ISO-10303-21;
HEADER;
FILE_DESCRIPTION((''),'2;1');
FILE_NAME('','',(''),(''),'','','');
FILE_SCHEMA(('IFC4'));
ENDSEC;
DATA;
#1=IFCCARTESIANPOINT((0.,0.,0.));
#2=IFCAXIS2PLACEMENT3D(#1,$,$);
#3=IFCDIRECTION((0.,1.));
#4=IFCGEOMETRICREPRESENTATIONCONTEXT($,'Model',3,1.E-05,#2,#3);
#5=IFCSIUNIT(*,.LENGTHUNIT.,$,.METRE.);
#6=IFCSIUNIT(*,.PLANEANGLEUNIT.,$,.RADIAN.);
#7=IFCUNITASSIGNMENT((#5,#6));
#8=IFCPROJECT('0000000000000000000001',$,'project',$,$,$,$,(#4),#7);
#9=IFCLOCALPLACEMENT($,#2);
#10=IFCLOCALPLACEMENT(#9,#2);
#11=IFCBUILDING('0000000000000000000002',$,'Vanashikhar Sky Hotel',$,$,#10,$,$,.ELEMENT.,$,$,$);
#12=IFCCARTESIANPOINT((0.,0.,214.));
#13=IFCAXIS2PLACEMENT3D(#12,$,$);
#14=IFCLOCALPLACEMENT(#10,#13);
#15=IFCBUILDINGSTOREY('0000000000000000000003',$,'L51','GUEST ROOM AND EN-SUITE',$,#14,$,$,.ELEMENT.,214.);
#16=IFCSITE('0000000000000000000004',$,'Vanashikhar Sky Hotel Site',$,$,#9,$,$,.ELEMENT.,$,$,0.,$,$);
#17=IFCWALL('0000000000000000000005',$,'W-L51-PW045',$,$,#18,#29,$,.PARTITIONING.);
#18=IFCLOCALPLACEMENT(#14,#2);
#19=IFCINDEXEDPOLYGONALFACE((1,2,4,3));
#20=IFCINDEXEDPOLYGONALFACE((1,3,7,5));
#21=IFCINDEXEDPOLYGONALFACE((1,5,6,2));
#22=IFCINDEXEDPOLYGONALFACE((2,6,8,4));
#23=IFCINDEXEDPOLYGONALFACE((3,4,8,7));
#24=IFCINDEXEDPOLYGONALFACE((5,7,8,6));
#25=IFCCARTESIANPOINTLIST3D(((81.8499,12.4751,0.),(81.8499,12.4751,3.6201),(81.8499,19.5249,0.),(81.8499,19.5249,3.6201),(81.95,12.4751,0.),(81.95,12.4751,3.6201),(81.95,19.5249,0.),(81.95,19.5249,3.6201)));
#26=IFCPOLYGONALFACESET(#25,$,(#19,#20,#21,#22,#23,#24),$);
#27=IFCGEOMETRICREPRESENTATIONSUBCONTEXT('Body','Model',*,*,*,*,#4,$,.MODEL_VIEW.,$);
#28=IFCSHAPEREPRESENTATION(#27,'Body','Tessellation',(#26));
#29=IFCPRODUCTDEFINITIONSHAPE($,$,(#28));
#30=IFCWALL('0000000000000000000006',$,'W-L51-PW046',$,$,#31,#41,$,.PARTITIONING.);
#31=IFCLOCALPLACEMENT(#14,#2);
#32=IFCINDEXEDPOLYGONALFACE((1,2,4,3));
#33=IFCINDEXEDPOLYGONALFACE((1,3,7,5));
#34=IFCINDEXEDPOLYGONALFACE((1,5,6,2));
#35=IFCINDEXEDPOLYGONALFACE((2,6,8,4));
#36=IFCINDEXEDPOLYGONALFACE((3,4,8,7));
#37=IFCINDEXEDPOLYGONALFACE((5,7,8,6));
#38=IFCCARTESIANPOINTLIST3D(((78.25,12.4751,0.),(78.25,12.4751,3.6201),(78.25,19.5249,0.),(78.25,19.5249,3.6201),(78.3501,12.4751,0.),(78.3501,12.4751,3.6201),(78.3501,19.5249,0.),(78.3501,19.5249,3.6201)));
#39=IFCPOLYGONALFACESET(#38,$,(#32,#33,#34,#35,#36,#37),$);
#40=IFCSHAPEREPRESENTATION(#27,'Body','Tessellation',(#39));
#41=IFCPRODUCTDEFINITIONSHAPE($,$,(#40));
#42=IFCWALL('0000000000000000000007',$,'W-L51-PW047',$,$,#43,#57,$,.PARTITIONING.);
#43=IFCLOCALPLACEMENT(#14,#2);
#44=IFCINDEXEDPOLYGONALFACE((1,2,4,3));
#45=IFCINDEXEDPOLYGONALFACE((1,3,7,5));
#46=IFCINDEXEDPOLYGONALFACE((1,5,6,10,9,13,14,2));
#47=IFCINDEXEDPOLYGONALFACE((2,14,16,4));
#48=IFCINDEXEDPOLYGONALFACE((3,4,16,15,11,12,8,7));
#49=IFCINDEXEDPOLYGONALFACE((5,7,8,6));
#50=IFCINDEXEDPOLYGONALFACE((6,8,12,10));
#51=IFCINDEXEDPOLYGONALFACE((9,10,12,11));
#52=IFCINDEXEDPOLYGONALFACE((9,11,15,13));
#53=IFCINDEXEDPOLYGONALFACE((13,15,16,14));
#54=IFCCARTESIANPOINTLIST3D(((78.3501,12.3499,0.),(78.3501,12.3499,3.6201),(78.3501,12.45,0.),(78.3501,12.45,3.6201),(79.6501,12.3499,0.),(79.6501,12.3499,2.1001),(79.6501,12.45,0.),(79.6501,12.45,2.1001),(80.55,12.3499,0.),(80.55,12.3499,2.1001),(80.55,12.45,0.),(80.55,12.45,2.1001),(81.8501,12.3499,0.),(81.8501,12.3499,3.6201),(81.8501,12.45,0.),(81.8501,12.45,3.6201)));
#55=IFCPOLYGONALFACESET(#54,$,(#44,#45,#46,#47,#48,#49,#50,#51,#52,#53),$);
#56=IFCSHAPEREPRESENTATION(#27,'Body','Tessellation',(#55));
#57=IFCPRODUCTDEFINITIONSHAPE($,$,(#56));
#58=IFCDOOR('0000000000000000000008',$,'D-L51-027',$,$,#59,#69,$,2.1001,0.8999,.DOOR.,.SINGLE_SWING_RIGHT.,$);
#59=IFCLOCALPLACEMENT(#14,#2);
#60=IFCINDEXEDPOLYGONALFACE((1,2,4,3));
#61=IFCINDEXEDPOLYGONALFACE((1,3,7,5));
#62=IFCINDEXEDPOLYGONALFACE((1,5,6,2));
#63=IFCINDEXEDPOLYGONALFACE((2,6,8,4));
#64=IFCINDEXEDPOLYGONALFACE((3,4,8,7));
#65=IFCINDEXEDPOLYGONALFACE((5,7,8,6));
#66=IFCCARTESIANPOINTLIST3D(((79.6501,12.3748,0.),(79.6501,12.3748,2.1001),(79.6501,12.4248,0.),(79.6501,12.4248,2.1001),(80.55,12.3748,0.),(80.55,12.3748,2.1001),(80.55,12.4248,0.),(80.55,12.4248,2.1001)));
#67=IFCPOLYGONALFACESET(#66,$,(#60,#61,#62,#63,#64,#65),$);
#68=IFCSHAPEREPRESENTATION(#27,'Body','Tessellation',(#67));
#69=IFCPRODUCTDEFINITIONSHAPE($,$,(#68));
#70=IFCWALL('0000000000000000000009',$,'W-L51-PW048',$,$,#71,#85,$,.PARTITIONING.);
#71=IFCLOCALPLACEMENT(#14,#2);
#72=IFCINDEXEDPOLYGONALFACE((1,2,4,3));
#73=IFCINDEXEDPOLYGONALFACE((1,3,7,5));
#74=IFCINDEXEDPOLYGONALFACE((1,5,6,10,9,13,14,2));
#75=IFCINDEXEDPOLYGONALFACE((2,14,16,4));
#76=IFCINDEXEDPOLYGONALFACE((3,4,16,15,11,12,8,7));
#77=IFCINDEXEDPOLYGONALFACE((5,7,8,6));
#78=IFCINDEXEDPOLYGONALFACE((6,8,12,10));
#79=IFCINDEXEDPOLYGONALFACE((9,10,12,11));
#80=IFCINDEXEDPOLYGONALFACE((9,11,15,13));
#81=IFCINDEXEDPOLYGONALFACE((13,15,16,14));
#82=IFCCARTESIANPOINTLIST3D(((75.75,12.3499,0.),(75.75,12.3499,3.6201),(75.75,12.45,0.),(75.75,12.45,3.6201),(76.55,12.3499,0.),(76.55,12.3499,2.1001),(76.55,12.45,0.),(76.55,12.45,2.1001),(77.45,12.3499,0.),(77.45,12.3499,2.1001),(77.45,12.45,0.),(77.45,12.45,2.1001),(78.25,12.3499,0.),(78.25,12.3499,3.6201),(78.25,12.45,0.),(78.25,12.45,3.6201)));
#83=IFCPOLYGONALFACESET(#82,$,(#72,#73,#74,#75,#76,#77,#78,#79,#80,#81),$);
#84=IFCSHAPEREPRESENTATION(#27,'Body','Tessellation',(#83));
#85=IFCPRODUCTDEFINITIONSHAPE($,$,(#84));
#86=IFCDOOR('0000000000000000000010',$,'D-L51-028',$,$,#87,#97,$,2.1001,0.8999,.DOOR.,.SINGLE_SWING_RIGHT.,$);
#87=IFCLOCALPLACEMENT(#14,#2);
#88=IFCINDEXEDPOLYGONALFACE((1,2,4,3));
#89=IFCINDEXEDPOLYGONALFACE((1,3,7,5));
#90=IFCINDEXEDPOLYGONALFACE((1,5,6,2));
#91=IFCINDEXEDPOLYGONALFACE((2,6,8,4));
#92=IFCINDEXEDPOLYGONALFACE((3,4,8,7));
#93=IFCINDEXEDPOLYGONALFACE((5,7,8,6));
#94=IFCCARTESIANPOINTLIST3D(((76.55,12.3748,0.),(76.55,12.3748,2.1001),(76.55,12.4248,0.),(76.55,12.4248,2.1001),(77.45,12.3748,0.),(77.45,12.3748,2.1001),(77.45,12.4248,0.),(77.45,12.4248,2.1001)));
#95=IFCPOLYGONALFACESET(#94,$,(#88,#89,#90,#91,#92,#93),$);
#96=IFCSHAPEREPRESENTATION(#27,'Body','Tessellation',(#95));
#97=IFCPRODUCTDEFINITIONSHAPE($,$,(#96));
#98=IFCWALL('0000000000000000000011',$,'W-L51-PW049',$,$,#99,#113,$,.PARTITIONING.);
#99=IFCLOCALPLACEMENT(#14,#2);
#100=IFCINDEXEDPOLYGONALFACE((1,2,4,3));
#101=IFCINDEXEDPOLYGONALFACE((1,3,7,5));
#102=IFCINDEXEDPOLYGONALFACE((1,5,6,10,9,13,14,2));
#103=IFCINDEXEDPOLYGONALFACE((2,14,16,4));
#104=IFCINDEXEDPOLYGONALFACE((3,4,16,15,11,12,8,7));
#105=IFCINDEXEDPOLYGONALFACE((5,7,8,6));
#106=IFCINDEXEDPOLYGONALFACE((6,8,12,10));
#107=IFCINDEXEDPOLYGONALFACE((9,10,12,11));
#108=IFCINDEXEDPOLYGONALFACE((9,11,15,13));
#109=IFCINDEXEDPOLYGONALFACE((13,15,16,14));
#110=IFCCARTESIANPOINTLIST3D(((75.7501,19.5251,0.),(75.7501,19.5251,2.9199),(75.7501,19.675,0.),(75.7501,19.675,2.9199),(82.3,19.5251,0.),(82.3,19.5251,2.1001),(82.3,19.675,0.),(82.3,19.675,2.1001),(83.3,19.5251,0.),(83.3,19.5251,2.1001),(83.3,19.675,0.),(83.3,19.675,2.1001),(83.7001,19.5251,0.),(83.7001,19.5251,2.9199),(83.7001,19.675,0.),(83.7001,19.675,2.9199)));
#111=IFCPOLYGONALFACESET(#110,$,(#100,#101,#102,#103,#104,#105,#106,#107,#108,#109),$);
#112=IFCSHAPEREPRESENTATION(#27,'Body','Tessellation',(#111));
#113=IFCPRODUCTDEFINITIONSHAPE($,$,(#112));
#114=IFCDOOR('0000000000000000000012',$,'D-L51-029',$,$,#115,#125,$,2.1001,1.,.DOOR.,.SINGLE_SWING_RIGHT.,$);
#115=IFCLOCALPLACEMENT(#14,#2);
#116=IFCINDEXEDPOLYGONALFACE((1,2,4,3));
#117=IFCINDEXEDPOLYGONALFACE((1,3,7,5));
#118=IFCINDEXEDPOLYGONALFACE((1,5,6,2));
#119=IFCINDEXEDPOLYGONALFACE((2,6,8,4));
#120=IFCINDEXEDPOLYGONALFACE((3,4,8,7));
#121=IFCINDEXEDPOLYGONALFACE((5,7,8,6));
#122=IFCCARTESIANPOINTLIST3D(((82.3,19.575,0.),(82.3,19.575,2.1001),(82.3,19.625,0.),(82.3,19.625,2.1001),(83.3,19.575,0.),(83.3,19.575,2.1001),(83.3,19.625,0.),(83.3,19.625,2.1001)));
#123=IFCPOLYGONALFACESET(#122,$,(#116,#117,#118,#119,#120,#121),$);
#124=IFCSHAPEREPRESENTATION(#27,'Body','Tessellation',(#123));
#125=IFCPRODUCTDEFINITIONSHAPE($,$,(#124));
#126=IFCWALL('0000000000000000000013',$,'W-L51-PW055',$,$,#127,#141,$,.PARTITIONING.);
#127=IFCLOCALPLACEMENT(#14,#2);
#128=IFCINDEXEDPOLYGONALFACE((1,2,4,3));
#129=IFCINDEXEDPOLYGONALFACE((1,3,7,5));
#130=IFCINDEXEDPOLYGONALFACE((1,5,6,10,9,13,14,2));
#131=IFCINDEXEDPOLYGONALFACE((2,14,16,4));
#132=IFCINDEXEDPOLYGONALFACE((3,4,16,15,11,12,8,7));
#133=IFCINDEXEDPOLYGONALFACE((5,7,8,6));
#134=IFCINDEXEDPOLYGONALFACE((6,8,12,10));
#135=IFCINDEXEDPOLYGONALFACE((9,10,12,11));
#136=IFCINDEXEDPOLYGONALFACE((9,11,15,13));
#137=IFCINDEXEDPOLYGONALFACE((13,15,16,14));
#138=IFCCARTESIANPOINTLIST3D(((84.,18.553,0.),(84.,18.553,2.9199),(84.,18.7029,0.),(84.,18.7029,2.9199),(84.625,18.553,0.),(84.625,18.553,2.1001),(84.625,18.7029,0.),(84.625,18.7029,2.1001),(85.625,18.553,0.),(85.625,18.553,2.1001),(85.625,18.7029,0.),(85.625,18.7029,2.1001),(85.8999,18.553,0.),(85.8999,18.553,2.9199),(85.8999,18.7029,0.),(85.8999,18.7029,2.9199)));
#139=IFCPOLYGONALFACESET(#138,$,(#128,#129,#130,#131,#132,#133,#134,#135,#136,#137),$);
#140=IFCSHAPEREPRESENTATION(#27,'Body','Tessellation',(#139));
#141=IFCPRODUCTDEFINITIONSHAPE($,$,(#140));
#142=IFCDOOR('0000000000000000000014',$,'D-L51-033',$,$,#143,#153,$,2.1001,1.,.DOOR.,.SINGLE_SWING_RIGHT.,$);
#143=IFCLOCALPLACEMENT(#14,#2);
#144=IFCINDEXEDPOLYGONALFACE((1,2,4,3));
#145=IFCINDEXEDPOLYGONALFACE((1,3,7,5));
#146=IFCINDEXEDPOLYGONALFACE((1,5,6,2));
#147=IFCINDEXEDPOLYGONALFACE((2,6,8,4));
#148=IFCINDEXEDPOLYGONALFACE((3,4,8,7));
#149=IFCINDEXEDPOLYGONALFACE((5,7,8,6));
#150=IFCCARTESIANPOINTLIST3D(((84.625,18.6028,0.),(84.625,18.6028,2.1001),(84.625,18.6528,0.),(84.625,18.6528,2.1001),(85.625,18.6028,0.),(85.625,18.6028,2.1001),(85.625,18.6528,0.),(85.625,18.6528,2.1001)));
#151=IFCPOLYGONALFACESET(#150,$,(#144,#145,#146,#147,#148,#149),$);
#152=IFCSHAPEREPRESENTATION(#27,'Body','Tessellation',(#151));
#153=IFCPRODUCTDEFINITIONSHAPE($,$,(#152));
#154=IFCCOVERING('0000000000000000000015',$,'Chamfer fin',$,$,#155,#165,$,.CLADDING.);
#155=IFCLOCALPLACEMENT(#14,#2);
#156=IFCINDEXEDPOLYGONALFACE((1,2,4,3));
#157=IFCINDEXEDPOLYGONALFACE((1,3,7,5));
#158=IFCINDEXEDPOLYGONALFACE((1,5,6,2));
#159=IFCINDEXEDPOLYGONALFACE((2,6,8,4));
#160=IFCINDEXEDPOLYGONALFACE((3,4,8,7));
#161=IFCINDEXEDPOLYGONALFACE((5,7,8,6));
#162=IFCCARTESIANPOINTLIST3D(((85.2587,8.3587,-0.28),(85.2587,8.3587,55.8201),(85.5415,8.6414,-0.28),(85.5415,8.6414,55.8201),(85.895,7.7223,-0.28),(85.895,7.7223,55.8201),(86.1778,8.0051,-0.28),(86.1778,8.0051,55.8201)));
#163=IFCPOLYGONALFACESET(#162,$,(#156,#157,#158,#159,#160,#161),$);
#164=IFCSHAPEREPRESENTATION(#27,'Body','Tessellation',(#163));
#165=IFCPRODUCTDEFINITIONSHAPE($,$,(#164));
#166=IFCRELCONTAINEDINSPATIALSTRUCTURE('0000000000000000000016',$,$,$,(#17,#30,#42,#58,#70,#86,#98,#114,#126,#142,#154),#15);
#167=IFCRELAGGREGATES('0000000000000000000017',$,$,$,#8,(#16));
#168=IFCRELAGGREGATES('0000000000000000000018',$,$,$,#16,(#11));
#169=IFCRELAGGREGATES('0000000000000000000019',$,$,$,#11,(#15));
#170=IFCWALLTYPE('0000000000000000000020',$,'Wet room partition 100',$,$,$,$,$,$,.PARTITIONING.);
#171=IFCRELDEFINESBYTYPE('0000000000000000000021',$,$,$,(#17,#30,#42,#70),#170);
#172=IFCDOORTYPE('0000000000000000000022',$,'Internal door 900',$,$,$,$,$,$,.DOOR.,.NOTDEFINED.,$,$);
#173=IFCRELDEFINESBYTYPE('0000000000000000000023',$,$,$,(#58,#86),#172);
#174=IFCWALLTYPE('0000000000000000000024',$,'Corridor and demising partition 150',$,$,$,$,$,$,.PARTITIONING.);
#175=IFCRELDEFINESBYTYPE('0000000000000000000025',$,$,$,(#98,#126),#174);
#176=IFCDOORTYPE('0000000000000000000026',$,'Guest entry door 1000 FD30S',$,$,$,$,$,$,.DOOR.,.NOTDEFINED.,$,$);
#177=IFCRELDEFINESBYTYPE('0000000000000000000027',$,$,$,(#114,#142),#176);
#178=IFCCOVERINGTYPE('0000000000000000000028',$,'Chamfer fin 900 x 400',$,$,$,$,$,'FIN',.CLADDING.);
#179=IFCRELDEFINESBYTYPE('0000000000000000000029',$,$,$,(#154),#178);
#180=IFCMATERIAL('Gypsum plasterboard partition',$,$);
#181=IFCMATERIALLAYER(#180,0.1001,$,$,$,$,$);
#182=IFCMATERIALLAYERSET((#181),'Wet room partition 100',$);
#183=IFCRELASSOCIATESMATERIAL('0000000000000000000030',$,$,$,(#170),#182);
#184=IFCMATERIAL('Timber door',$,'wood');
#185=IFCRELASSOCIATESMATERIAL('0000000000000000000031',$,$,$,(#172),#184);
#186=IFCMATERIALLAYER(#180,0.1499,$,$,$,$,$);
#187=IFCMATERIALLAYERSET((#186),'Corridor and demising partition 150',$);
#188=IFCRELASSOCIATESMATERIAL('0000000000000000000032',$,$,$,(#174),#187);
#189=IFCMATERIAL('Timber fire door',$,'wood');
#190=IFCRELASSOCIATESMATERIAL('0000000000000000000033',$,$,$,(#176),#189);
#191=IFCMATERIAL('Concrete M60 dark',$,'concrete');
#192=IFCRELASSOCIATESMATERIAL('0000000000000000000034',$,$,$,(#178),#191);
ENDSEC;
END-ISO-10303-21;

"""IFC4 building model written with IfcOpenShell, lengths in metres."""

from ifc_helpers import new_model, si_unit, direction, frame, frame_2d, origin, origin_2d, place, context, subcontext, project, spatial, rectangle, extrude, source, transform, mapped, material, layer, layer_set, material_profile, profile_set, type_object, element, fill, save


model = new_model("IFC4")

# Units and contexts
model_context = context("Model", 3, precision=1e-05, world=origin(), true_north=direction((0.0, 1.0)))
body_context = subcontext(model_context, "Body", "Model", "MODEL_VIEW")
ifc_project = project(units=[si_unit("LENGTHUNIT", "METRE"), si_unit("PLANEANGLEUNIT", "RADIAN")], contexts=[model_context])

# Site, building, storey
site_placement = place(None, origin())
site = spatial("IfcSite", under=ifc_project, at=site_placement, Name="Vanashikhar Sky Hotel Site", CompositionType="ELEMENT", RefElevation=0.0)
building_placement = place(site_placement, origin())
building = spatial("IfcBuilding", under=site, at=building_placement, Name="Vanashikhar Sky Hotel", CompositionType="ELEMENT")
storey_placement = place(building_placement, frame((0.0, 0.0, 214.0)))
storey = spatial("IfcBuildingStorey", under=building, at=storey_placement, Name="L51", Description="GUEST ROOM AND EN-SUITE", CompositionType="ELEMENT", Elevation=214.0)

# Walls
ifc_material_1 = material(Name="Gypsum plasterboard partition")
ifc_layer_1 = layer(ifc_material_1, 0.1001)
ifc_layer_set_1 = layer_set([ifc_layer_1], Name="Wet room partition 100")
wall_type_1 = type_object("IfcWallType", Name="Wet room partition 100", PredefinedType="PARTITIONING", material=ifc_layer_set_1)
shared_shape_1 = source(origin(), body_context, "Body", "SweptSolid", [
    extrude(rectangle(XDim=7.0498, YDim=0.1001, at=frame_2d((3.5249, 0.0))), origin(), (0.0, 0.0, 1.0), 3.6201),
])
for number, where, z_axis, x_axis, name in (
    (1, (81.8999, 12.4751, 0.0), (0.0, 0.0, 1.0), (0.0, 1.0, 0.0), "W-L51-PW045"),
    (2, (78.3, 12.4751, 0.0), (0.0, 0.0, 1.0), (0.0, 1.0, 0.0), "W-L51-PW046"),
):
    element("IfcWall", number, at=place(storey_placement, frame(where, z_axis=z_axis, x_axis=x_axis)), inside=storey, type_object=wall_type_1, Name=name, PredefinedType="PARTITIONING", context=body_context, shape_type="MappedRepresentation", body=[
        mapped(shared_shape_1, transform((0.0, 0.0, 0.0), scale=1.0)),
    ])

# Walls, openings, doors
shared_shape_2 = source(origin(), body_context, "Body", "SweptSolid", [
    extrude(rectangle(XDim=3.5, YDim=0.1001, at=frame_2d((1.75, 0.0))), origin(), (0.0, 0.0, 1.0), 3.6201),
])
wall_1_placement = place(storey_placement, frame((78.3501, 12.3999, 0.0), z_axis=(0.0, 0.0, 1.0), x_axis=(1.0, 0.0, 0.0)))
wall_1 = element("IfcWall", 3, at=wall_1_placement, inside=storey, type_object=wall_type_1, Name="W-L51-PW047", PredefinedType="PARTITIONING", context=body_context, shape_type="MappedRepresentation", body=[
    mapped(shared_shape_2, transform((0.0, 0.0, 0.0), scale=1.0)),
])
shared_shape_3 = source(origin(), body_context, "Body", "SweptSolid", [
    extrude(rectangle(XDim=0.8999, YDim=2.1001, at=frame_2d((0.45, 1.05))), frame((0.0, 0.0601, 0.0), z_axis=(0.0, -1.0, 0.0), x_axis=(1.0, 0.0, 0.0)), (0.0, 0.0, 1.0), 0.1201),
])
opening_1_placement = place(wall_1_placement, frame((1.3, 0.0, 0.0)))
opening_1 = element("IfcOpeningElement", 4, at=opening_1_placement, cuts=wall_1, PredefinedType="OPENING", context=body_context, shape_type="MappedRepresentation", body=[
    mapped(shared_shape_3, transform((0.0, 0.0, 0.0), scale=1.0)),
])
ifc_material_2 = material(Name="Timber door", Category="wood")
door_type_1 = type_object("IfcDoorType", Name="Internal door 900", OperationType="NOTDEFINED", PredefinedType="DOOR", material=ifc_material_2)
shared_shape_4 = source(origin(), body_context, "Body", "SweptSolid", [
    extrude(rectangle(XDim=0.8999, YDim=2.1001, at=frame_2d((0.45, 1.05))), frame((0.0, 0.0249, 0.0), z_axis=(0.0, -1.0, 0.0), x_axis=(1.0, 0.0, 0.0)), (0.0, 0.0, 1.0), 0.05),
])
door_1_placement = place(opening_1_placement, origin())
door_1 = element("IfcDoor", 5, at=door_1_placement, inside=storey, type_object=door_type_1, Name="D-L51-027", OperationType="SINGLE_SWING_RIGHT", OverallHeight=2.1001, OverallWidth=0.8999, PredefinedType="DOOR", context=body_context, shape_type="MappedRepresentation", body=[
    mapped(shared_shape_4, transform((0.0, 0.0, 0.0), scale=1.0)),
])
fill(opening_1, door_1)
shared_shape_5 = source(origin(), body_context, "Body", "SweptSolid", [
    extrude(rectangle(XDim=2.5, YDim=0.1001, at=frame_2d((1.25, 0.0))), origin(), (0.0, 0.0, 1.0), 3.6201),
])
wall_2_placement = place(storey_placement, frame((75.75, 12.3999, 0.0), z_axis=(0.0, 0.0, 1.0), x_axis=(1.0, 0.0, 0.0)))
wall_2 = element("IfcWall", 6, at=wall_2_placement, inside=storey, type_object=wall_type_1, Name="W-L51-PW048", PredefinedType="PARTITIONING", context=body_context, shape_type="MappedRepresentation", body=[
    mapped(shared_shape_5, transform((0.0, 0.0, 0.0), scale=1.0)),
])
opening_2_placement = place(wall_2_placement, frame((0.8, 0.0, 0.0)))
opening_2 = element("IfcOpeningElement", 7, at=opening_2_placement, cuts=wall_2, PredefinedType="OPENING", context=body_context, shape_type="MappedRepresentation", body=[
    mapped(shared_shape_3, transform((0.0, 0.0, 0.0), scale=1.0)),
])
door_2_placement = place(opening_2_placement, origin())
door_2 = element("IfcDoor", 8, at=door_2_placement, inside=storey, type_object=door_type_1, Name="D-L51-028", OperationType="SINGLE_SWING_RIGHT", OverallHeight=2.1001, OverallWidth=0.8999, PredefinedType="DOOR", context=body_context, shape_type="MappedRepresentation", body=[
    mapped(shared_shape_4, transform((0.0, 0.0, 0.0), scale=1.0)),
])
fill(opening_2, door_2)
ifc_layer_2 = layer(ifc_material_1, 0.1499)
ifc_layer_set_2 = layer_set([ifc_layer_2], Name="Corridor and demising partition 150")
wall_type_2 = type_object("IfcWallType", Name="Corridor and demising partition 150", PredefinedType="PARTITIONING", material=ifc_layer_set_2)
shared_shape_6 = source(origin(), body_context, "Body", "SweptSolid", [
    extrude(rectangle(XDim=7.95, YDim=0.1499, at=frame_2d((3.9751, 0.0))), origin(), (0.0, 0.0, 1.0), 2.9199),
])
wall_3_placement = place(storey_placement, frame((75.75, 19.6001, 0.0), z_axis=(0.0, 0.0, 1.0), x_axis=(1.0, 0.0, 0.0)))
wall_3 = element("IfcWall", 9, at=wall_3_placement, inside=storey, type_object=wall_type_2, Name="W-L51-PW049", PredefinedType="PARTITIONING", context=body_context, shape_type="MappedRepresentation", body=[
    mapped(shared_shape_6, transform((0.0, 0.0, 0.0), scale=1.0)),
])
shared_shape_7 = source(origin(), body_context, "Body", "SweptSolid", [
    extrude(rectangle(XDim=1.0, YDim=2.1001, at=frame_2d((0.5, 1.05))), frame((0.0, 0.085, 0.0), z_axis=(0.0, -1.0, 0.0), x_axis=(1.0, 0.0, 0.0)), (0.0, 0.0, 1.0), 0.1699),
])
opening_3_placement = place(wall_3_placement, frame((6.55, 0.0, 0.0)))
opening_3 = element("IfcOpeningElement", 10, at=opening_3_placement, cuts=wall_3, PredefinedType="OPENING", context=body_context, shape_type="MappedRepresentation", body=[
    mapped(shared_shape_7, transform((0.0, 0.0, 0.0), scale=1.0)),
])
ifc_material_3 = material(Name="Timber fire door", Category="wood")
door_type_2 = type_object("IfcDoorType", Name="Guest entry door 1000 FD30S", OperationType="NOTDEFINED", PredefinedType="DOOR", material=ifc_material_3)
shared_shape_8 = source(origin(), body_context, "Body", "SweptSolid", [
    extrude(rectangle(XDim=1.0, YDim=2.1001, at=frame_2d((0.5, 1.05))), frame((0.0, 0.0249, 0.0), z_axis=(0.0, -1.0, 0.0), x_axis=(1.0, 0.0, 0.0)), (0.0, 0.0, 1.0), 0.05),
])
door_3_placement = place(opening_3_placement, origin())
door_3 = element("IfcDoor", 11, at=door_3_placement, inside=storey, type_object=door_type_2, Name="D-L51-029", OperationType="SINGLE_SWING_RIGHT", OverallHeight=2.1001, OverallWidth=1.0, PredefinedType="DOOR", context=body_context, shape_type="MappedRepresentation", body=[
    mapped(shared_shape_8, transform((0.0, 0.0, 0.0), scale=1.0)),
])
fill(opening_3, door_3)
shared_shape_9 = source(origin(), body_context, "Body", "SweptSolid", [
    extrude(rectangle(XDim=1.8999, YDim=0.1499, at=frame_2d((0.95, 0.0))), origin(), (0.0, 0.0, 1.0), 2.9199),
])
wall_4_placement = place(storey_placement, frame((84.0, 18.6279, 0.0), z_axis=(0.0, 0.0, 1.0), x_axis=(1.0, 0.0, 0.0)))
wall_4 = element("IfcWall", 12, at=wall_4_placement, inside=storey, type_object=wall_type_2, Name="W-L51-PW055", PredefinedType="PARTITIONING", context=body_context, shape_type="MappedRepresentation", body=[
    mapped(shared_shape_9, transform((0.0, 0.0, 0.0), scale=1.0)),
])
opening_4_placement = place(wall_4_placement, frame((0.625, 0.0, 0.0)))
opening_4 = element("IfcOpeningElement", 13, at=opening_4_placement, cuts=wall_4, PredefinedType="OPENING", context=body_context, shape_type="MappedRepresentation", body=[
    mapped(shared_shape_7, transform((0.0, 0.0, 0.0), scale=1.0)),
])
door_4_placement = place(opening_4_placement, origin())
door_4 = element("IfcDoor", 14, at=door_4_placement, inside=storey, type_object=door_type_2, Name="D-L51-033", OperationType="SINGLE_SWING_RIGHT", OverallHeight=2.1001, OverallWidth=1.0, PredefinedType="DOOR", context=body_context, shape_type="MappedRepresentation", body=[
    mapped(shared_shape_8, transform((0.0, 0.0, 0.0), scale=1.0)),
])
fill(opening_4, door_4)

# Covering
ifc_material_4 = material(Name="Concrete M60 dark", Category="concrete")
ifc_material_profile_1 = material_profile(ifc_material_4, rectangle(XDim=0.8999, YDim=0.3999, at=origin_2d()))
ifc_profile_set_1 = profile_set([ifc_material_profile_1], Name="Chamfer fin 900 x 400")
covering_type = type_object("IfcCoveringType", Name="Chamfer fin 900 x 400", ElementType="FIN", PredefinedType="CLADDING", material=ifc_profile_set_1)
shared_shape_10 = source(origin(), body_context, "Body", "SweptSolid", [
    extrude(rectangle(XDim=0.8999, YDim=0.3999, at=origin_2d()), origin(), (0.0, 0.0, 1.0), 56.1001),
])
covering_placement = place(storey_placement, frame((85.7183, 8.1819, -0.28), z_axis=(0.0, 0.0, 1.0), x_axis=(0.707107, -0.707107, 0.0)))
element("IfcCovering", 15, at=covering_placement, inside=storey, type_object=covering_type, Name="Chamfer fin", PredefinedType="CLADDING", context=body_context, shape_type="MappedRepresentation", body=[
    mapped(shared_shape_10, transform((0.0, 0.0, 0.0), scale=1.0)),
])

save(model, "model.ifc")
